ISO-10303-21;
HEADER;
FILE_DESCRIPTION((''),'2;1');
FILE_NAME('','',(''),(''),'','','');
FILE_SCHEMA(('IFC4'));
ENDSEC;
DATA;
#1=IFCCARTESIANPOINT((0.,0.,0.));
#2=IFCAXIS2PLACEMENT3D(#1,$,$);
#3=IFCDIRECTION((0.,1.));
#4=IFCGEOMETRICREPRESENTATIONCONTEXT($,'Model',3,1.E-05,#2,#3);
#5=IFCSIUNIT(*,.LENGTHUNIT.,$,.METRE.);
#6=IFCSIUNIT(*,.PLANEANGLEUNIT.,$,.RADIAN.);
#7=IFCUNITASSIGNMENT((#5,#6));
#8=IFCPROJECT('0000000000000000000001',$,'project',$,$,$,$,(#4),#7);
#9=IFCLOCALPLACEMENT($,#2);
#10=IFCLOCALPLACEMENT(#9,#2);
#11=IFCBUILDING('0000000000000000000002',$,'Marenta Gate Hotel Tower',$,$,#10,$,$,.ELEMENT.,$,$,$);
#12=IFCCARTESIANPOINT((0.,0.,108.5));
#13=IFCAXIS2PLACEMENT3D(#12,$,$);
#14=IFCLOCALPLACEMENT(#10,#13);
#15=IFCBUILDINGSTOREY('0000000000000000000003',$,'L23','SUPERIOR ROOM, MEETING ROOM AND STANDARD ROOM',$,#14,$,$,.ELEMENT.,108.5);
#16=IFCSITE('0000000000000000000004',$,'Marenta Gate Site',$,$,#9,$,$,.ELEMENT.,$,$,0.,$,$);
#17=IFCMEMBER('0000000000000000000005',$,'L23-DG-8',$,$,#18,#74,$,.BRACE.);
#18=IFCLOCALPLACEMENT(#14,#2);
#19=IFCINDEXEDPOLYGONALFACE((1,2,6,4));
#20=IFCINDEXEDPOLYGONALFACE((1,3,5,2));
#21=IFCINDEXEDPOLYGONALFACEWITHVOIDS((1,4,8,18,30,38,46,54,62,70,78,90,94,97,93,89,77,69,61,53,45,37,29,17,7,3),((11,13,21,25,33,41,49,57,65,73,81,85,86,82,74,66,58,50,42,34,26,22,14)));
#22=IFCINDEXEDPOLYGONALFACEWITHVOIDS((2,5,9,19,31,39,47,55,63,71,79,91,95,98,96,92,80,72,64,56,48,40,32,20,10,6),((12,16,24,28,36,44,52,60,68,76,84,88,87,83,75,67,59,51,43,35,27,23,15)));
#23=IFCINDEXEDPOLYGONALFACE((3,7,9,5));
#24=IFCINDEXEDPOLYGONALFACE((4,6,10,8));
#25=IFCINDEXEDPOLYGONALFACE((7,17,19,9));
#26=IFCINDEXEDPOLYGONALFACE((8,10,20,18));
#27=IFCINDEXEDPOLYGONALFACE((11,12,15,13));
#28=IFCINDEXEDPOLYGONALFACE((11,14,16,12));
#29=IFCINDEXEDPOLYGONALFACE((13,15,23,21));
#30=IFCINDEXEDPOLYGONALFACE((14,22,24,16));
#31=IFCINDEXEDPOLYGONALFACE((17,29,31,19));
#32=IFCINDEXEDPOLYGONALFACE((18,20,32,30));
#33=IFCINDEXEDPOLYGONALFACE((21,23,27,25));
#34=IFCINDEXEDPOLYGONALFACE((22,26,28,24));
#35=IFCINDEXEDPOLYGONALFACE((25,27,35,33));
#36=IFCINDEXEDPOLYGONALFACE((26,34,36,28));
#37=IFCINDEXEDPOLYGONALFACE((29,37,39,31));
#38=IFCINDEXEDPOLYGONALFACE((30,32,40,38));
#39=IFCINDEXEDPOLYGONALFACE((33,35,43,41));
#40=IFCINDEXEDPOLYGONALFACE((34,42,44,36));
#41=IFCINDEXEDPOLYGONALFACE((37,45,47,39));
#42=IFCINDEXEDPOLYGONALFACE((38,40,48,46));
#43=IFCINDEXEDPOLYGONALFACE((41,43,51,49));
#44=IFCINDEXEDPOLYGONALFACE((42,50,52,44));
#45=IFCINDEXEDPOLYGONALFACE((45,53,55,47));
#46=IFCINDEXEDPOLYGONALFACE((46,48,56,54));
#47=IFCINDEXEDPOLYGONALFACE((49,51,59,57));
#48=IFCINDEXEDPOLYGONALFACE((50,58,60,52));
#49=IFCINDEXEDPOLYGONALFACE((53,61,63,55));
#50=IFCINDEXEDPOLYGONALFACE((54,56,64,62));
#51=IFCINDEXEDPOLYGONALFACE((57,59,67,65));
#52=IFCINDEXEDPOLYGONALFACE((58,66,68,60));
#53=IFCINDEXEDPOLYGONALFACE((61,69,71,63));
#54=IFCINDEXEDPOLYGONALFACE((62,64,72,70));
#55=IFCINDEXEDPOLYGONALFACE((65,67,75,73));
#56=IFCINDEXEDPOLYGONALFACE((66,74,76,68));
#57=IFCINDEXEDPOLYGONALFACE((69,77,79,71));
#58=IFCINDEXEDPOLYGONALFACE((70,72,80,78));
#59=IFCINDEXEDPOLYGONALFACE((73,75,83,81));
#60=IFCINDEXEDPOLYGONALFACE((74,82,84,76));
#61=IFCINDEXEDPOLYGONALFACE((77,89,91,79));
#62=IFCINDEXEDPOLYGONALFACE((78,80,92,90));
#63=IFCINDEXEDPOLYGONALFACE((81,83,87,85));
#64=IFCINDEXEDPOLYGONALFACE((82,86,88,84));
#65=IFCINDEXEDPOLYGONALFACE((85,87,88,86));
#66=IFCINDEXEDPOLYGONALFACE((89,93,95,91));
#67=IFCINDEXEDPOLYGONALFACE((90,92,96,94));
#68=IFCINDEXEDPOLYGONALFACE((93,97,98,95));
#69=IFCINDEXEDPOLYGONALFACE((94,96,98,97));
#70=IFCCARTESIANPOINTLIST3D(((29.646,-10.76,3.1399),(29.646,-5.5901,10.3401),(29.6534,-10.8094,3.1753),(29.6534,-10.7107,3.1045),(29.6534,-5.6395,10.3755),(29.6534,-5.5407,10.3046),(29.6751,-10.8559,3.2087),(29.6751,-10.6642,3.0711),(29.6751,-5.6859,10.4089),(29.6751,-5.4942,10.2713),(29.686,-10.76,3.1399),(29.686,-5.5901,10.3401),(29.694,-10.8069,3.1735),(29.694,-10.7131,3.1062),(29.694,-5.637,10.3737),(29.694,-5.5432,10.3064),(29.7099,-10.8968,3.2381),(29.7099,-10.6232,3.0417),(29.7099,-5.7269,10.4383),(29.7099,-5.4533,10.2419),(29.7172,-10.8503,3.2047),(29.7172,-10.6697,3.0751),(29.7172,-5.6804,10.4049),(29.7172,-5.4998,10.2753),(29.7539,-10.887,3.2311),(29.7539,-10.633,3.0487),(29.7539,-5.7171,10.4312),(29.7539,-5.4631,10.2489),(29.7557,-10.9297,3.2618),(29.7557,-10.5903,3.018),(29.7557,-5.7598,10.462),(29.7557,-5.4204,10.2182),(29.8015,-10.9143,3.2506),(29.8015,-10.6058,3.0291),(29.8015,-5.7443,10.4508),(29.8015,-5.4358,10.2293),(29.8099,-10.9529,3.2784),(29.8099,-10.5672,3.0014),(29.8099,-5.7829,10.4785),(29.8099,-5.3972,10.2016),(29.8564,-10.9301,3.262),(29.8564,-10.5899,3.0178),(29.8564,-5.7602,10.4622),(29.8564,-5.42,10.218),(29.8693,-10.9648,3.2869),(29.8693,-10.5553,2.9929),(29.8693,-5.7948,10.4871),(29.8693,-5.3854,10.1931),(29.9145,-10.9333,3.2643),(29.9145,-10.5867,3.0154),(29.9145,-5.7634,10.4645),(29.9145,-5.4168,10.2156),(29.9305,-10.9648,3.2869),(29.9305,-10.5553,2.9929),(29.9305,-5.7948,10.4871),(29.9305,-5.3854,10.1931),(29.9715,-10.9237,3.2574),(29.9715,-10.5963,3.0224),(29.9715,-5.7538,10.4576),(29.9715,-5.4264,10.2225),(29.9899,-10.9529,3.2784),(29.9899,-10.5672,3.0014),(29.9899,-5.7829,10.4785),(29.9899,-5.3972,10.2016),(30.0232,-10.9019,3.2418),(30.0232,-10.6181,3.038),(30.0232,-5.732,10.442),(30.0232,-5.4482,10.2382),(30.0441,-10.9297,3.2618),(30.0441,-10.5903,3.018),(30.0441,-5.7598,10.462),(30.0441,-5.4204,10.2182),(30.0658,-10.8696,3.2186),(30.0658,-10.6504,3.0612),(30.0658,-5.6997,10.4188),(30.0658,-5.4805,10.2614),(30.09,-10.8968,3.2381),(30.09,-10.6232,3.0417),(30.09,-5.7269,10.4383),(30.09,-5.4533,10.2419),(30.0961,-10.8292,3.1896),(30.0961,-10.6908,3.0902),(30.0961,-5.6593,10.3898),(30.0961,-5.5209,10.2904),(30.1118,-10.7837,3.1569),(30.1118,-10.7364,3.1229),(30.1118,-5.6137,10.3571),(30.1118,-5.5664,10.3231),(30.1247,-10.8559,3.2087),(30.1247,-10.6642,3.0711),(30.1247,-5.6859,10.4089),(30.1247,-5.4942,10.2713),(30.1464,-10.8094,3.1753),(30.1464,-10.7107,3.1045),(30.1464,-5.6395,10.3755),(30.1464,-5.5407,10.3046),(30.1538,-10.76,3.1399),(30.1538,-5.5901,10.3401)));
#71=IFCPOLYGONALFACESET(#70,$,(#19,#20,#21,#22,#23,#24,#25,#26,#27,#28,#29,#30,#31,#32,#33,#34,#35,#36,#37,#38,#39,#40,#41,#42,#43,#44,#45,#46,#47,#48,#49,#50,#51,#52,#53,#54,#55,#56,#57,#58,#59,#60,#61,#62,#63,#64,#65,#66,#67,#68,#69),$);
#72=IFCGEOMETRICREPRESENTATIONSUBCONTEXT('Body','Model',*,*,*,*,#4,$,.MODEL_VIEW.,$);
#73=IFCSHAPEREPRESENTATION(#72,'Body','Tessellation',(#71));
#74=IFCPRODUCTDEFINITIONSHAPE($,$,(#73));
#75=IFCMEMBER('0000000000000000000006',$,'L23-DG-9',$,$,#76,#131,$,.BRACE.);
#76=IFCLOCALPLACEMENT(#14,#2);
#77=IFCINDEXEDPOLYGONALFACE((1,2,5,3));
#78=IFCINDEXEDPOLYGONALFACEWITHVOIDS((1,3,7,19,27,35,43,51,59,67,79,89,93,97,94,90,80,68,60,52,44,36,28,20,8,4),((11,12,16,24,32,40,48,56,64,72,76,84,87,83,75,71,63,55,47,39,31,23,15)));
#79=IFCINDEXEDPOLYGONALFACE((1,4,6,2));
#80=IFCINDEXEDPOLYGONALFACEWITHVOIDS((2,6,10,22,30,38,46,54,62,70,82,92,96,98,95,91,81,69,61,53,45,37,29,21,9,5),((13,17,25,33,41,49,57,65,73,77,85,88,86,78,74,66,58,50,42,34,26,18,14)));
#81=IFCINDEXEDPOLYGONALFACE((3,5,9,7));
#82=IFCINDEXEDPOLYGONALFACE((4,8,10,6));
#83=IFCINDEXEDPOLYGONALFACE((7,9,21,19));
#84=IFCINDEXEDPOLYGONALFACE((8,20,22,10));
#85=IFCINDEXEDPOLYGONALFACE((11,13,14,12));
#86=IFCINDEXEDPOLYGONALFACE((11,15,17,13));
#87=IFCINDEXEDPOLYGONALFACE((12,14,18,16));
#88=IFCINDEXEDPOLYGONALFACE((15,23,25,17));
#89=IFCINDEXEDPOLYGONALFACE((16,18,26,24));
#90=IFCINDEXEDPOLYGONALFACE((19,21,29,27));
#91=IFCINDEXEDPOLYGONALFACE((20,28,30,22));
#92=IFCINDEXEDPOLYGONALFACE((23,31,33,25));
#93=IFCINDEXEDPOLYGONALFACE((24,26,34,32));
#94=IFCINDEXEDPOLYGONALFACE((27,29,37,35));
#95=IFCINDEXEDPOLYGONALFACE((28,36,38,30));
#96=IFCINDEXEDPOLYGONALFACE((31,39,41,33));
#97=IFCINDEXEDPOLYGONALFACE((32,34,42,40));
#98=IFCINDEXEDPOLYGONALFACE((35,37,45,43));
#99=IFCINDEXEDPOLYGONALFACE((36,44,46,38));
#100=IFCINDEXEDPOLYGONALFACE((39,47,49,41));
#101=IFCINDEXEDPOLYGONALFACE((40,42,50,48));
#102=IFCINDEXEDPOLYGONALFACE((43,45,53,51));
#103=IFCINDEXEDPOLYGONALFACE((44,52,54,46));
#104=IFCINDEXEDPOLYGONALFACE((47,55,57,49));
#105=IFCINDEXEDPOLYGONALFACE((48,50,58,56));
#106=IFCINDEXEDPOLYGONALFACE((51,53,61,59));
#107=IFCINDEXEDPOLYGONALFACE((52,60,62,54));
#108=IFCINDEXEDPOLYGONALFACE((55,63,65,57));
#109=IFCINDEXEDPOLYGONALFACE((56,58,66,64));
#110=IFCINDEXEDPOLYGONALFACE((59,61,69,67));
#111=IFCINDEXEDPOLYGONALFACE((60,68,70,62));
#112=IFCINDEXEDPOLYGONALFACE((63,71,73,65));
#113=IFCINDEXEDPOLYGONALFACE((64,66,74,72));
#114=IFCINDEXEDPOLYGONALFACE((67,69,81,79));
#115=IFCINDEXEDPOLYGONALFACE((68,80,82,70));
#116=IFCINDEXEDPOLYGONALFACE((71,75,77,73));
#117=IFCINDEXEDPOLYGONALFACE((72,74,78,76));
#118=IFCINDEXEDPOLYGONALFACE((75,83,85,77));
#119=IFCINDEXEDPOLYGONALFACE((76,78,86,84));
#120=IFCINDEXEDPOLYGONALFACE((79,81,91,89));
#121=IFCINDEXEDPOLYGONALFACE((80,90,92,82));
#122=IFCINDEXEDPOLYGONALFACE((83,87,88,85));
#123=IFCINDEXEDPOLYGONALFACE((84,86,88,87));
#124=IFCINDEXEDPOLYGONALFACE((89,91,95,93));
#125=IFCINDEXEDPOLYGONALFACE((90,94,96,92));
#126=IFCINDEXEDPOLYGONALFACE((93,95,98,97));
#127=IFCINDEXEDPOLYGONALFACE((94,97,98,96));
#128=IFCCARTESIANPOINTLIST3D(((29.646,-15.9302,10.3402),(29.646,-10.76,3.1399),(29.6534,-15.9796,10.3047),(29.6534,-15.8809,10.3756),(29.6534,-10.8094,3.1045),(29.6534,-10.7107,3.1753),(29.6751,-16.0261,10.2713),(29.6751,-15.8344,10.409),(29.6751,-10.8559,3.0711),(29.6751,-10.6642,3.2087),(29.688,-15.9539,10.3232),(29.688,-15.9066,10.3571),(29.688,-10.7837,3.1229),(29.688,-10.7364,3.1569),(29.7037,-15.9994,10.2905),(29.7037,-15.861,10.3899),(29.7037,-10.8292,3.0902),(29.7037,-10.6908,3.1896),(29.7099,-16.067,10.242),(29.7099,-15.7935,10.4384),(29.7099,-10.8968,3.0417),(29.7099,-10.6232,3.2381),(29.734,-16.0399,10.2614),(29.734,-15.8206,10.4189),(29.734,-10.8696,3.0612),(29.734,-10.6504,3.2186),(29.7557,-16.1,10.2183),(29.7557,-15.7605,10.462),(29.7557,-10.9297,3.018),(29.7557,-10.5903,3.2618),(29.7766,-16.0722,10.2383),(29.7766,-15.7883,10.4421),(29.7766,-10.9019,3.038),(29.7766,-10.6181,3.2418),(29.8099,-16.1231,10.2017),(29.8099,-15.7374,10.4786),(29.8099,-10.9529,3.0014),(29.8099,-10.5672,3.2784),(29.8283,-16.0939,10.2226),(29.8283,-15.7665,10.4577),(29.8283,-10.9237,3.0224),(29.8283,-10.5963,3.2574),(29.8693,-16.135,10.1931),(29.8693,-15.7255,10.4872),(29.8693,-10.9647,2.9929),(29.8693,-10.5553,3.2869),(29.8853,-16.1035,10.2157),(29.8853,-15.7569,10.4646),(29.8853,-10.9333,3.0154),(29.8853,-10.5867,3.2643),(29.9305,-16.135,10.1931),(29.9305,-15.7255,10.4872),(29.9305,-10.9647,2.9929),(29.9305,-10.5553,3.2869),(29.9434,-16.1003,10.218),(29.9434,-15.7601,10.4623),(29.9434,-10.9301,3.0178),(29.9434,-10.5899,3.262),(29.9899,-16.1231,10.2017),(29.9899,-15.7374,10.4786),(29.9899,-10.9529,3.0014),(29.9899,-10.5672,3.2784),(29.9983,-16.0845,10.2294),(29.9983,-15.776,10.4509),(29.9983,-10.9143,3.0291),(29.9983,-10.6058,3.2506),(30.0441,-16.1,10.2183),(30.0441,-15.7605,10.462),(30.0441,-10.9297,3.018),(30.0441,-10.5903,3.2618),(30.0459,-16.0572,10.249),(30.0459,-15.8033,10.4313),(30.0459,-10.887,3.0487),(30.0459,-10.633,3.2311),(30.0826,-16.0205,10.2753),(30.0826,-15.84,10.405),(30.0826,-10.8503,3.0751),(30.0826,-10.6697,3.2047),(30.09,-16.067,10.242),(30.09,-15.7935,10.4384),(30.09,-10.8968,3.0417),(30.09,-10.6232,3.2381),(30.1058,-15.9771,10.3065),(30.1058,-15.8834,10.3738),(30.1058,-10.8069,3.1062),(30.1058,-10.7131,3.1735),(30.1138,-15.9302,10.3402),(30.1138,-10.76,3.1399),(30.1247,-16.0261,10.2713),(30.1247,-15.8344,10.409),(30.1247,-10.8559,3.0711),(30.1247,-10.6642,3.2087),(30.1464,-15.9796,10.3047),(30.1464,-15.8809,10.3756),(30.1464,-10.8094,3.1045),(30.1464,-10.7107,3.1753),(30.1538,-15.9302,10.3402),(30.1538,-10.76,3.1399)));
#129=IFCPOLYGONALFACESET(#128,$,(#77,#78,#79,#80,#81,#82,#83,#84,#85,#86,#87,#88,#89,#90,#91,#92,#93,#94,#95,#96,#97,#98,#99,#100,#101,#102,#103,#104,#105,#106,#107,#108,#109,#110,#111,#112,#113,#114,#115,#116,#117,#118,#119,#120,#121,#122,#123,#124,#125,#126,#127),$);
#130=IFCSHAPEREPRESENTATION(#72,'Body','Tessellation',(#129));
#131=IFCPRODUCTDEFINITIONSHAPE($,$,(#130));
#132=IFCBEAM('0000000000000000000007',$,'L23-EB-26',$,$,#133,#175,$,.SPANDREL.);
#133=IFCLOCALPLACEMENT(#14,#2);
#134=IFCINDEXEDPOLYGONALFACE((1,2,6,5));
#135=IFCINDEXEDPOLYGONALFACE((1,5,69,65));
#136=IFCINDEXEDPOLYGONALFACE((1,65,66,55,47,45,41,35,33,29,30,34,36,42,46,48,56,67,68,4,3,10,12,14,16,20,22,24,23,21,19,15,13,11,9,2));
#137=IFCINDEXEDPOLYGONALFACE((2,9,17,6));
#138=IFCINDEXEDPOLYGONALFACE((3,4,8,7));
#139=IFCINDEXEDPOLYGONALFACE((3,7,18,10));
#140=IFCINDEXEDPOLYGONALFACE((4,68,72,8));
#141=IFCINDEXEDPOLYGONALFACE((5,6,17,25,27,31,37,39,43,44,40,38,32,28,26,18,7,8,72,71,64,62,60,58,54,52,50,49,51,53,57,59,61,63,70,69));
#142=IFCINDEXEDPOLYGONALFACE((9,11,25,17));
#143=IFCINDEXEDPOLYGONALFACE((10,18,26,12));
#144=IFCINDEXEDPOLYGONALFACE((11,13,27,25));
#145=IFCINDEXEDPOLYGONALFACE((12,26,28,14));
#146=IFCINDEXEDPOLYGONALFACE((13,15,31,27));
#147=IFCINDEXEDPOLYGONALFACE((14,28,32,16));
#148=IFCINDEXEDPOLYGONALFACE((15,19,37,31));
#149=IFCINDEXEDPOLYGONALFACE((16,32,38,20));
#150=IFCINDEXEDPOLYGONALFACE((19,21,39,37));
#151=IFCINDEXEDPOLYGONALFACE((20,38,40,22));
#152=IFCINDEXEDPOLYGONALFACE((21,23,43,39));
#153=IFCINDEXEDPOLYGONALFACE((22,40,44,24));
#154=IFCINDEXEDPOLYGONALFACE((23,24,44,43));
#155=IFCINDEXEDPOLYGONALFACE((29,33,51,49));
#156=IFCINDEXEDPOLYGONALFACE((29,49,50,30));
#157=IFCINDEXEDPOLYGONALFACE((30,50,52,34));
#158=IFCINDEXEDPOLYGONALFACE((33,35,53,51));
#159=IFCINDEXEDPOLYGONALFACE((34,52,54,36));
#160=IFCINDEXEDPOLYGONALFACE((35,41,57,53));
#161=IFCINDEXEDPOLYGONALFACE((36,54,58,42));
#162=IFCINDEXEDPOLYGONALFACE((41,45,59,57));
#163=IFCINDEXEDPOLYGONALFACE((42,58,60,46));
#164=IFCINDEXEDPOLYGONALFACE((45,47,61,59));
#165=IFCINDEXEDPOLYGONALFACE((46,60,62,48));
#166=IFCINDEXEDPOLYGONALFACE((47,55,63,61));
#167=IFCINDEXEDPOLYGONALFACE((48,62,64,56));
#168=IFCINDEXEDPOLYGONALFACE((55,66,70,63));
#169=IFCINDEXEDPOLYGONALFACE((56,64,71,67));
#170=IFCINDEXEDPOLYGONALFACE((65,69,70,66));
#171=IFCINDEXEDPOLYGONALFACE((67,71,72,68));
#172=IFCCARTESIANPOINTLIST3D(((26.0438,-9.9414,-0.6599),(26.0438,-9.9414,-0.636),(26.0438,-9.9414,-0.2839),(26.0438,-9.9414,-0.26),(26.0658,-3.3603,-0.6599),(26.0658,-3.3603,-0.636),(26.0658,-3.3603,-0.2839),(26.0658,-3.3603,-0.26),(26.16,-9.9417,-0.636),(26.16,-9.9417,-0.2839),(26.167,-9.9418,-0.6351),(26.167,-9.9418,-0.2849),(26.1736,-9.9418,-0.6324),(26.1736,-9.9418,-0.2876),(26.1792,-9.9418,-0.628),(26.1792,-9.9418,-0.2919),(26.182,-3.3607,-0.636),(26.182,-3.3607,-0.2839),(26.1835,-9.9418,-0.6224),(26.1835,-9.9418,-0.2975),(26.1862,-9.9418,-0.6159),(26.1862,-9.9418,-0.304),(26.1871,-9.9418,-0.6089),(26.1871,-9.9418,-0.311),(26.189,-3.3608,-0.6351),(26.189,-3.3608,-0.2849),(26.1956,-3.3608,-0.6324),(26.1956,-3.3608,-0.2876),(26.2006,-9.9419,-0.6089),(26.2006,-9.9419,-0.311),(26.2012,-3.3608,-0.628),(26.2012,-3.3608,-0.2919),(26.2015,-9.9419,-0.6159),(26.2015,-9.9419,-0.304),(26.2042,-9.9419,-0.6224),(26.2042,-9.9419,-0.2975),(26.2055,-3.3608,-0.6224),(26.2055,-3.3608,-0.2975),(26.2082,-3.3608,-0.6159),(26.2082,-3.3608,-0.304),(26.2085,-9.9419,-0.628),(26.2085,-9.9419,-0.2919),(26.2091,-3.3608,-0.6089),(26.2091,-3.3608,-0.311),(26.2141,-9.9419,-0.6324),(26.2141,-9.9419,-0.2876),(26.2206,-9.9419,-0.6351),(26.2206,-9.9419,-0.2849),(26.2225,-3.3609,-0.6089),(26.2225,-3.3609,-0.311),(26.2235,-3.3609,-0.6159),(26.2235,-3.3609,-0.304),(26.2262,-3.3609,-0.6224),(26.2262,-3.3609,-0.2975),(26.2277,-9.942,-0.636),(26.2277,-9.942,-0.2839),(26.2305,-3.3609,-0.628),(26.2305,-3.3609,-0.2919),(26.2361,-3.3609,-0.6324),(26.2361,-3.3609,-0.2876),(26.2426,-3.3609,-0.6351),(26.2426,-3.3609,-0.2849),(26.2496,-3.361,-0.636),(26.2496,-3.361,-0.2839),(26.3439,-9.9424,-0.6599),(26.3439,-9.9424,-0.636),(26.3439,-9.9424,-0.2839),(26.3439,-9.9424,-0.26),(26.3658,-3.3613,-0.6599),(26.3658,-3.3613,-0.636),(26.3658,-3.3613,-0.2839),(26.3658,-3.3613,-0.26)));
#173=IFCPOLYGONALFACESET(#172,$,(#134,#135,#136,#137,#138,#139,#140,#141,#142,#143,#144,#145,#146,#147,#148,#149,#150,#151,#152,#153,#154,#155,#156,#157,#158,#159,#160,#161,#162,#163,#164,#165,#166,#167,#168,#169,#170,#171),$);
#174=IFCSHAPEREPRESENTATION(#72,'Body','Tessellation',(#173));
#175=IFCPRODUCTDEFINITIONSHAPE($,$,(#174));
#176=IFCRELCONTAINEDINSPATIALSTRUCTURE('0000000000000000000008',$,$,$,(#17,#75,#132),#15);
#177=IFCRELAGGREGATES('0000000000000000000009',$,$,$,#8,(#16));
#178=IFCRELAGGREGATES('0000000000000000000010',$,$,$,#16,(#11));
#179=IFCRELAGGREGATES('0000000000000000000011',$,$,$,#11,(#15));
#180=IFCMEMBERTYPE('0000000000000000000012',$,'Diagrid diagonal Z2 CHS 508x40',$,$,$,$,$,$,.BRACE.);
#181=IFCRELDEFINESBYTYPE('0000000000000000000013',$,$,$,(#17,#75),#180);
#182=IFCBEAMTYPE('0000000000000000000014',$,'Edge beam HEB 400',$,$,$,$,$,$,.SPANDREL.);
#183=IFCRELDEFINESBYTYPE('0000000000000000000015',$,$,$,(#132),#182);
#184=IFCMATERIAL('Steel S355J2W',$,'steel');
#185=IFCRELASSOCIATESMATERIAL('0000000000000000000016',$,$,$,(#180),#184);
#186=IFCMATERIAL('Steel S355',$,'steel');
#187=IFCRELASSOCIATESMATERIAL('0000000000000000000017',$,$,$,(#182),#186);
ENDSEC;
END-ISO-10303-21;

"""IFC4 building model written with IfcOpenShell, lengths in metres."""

from ifc_helpers import new_model, si_unit, direction, frame, origin, origin_2d, place, context, subcontext, project, spatial, hollow_circle, i_section, extrude, material, material_profile, profile_set, type_object, element, save


model = new_model("IFC4")

# Units and contexts
model_context = context("Model", 3, precision=1e-05, world=origin(), true_north=direction((0.0, 1.0)))
body_context = subcontext(model_context, "Body", "Model", "MODEL_VIEW")
ifc_project = project(units=[si_unit("LENGTHUNIT", "METRE"), si_unit("PLANEANGLEUNIT", "RADIAN")], contexts=[model_context])

# Site, building, storey
site_placement = place(None, origin())
site = spatial("IfcSite", under=ifc_project, at=site_placement, Name="Marenta Gate Site", CompositionType="ELEMENT", RefElevation=0.0)
building_placement = place(site_placement, origin())
building = spatial("IfcBuilding", under=site, at=building_placement, Name="Marenta Gate Hotel Tower", CompositionType="ELEMENT")
storey_placement = place(building_placement, frame((0.0, 0.0, 108.5)))
storey = spatial("IfcBuildingStorey", under=building, at=storey_placement, Name="L23", Description="SUPERIOR ROOM, MEETING ROOM AND STANDARD ROOM", CompositionType="ELEMENT", Elevation=108.5)

# Members
ifc_material_1 = material(Name="Steel S355J2W", Category="steel")
ifc_material_profile_1 = material_profile(ifc_material_1, hollow_circle(Radius=0.2539, WallThickness=0.04, at=origin_2d()), Name="CHS 508x40")
ifc_profile_set_1 = profile_set([ifc_material_profile_1], Name="Steel S355J2W")
member_type_1 = type_object("IfcMemberType", Name="Diagrid diagonal Z2 CHS 508x40", PredefinedType="BRACE", material=ifc_profile_set_1)
for number, where, z_axis, x_axis, name in (
    (1, (29.8999, -10.76, 3.1399), (0.0, 0.583248, 0.812294), (-1.0, 0.0, 0.0), "L23-DG-8"),
):
    element("IfcMember", number, at=place(storey_placement, frame(where, z_axis=z_axis, x_axis=x_axis)), inside=storey, type_object=member_type_1, Name=name, PredefinedType="BRACE", context=body_context, shape_type="SweptSolid", body=[
        extrude(hollow_circle(Radius=0.2539, WallThickness=0.04, at=origin_2d()), origin(), (0.0, 0.0, 1.0), 8.864),
    ])
member_1_placement = place(storey_placement, frame((29.8999, -10.76, 3.1399), z_axis=(0.0, -0.583266, 0.812281), x_axis=(1.0, 0.0, 0.0)))
element("IfcMember", 2, at=member_1_placement, inside=storey, type_object=member_type_1, Name="L23-DG-9", PredefinedType="BRACE", context=body_context, shape_type="SweptSolid", body=[
    extrude(hollow_circle(Radius=0.2539, WallThickness=0.04, at=origin_2d()), origin(), (0.0, 0.0, 1.0), 8.8643),
])

# Beam
ifc_material_2 = material(Name="Steel S355", Category="steel")
ifc_material_profile_2 = material_profile(ifc_material_2, i_section(OverallWidth=0.3, OverallDepth=0.3999, WebThickness=0.0134, FlangeThickness=0.0239, FilletRadius=0.0271, at=origin_2d()), Name="HEB 400")
ifc_profile_set_2 = profile_set([ifc_material_profile_2], Name="Steel S355")
beam_type = type_object("IfcBeamType", Name="Edge beam HEB 400", PredefinedType="SPANDREL", material=ifc_profile_set_2)
beam_1_placement = place(storey_placement, frame((26.2158, -3.3608, -0.46), z_axis=(-0.003339, -0.999994, 0.0), x_axis=(0.999994, -0.003339, 0.0)))
element("IfcBeam", 3, at=beam_1_placement, inside=storey, type_object=beam_type, Name="L23-EB-26", PredefinedType="SPANDREL", context=body_context, shape_type="SweptSolid", body=[
    extrude(i_section(OverallWidth=0.3, OverallDepth=0.3999, WebThickness=0.0134, FlangeThickness=0.0239, FilletRadius=0.0271, at=origin_2d()), origin(), (0.0, 0.0, 1.0), 6.5811),
])

save(model, "model.ifc")
